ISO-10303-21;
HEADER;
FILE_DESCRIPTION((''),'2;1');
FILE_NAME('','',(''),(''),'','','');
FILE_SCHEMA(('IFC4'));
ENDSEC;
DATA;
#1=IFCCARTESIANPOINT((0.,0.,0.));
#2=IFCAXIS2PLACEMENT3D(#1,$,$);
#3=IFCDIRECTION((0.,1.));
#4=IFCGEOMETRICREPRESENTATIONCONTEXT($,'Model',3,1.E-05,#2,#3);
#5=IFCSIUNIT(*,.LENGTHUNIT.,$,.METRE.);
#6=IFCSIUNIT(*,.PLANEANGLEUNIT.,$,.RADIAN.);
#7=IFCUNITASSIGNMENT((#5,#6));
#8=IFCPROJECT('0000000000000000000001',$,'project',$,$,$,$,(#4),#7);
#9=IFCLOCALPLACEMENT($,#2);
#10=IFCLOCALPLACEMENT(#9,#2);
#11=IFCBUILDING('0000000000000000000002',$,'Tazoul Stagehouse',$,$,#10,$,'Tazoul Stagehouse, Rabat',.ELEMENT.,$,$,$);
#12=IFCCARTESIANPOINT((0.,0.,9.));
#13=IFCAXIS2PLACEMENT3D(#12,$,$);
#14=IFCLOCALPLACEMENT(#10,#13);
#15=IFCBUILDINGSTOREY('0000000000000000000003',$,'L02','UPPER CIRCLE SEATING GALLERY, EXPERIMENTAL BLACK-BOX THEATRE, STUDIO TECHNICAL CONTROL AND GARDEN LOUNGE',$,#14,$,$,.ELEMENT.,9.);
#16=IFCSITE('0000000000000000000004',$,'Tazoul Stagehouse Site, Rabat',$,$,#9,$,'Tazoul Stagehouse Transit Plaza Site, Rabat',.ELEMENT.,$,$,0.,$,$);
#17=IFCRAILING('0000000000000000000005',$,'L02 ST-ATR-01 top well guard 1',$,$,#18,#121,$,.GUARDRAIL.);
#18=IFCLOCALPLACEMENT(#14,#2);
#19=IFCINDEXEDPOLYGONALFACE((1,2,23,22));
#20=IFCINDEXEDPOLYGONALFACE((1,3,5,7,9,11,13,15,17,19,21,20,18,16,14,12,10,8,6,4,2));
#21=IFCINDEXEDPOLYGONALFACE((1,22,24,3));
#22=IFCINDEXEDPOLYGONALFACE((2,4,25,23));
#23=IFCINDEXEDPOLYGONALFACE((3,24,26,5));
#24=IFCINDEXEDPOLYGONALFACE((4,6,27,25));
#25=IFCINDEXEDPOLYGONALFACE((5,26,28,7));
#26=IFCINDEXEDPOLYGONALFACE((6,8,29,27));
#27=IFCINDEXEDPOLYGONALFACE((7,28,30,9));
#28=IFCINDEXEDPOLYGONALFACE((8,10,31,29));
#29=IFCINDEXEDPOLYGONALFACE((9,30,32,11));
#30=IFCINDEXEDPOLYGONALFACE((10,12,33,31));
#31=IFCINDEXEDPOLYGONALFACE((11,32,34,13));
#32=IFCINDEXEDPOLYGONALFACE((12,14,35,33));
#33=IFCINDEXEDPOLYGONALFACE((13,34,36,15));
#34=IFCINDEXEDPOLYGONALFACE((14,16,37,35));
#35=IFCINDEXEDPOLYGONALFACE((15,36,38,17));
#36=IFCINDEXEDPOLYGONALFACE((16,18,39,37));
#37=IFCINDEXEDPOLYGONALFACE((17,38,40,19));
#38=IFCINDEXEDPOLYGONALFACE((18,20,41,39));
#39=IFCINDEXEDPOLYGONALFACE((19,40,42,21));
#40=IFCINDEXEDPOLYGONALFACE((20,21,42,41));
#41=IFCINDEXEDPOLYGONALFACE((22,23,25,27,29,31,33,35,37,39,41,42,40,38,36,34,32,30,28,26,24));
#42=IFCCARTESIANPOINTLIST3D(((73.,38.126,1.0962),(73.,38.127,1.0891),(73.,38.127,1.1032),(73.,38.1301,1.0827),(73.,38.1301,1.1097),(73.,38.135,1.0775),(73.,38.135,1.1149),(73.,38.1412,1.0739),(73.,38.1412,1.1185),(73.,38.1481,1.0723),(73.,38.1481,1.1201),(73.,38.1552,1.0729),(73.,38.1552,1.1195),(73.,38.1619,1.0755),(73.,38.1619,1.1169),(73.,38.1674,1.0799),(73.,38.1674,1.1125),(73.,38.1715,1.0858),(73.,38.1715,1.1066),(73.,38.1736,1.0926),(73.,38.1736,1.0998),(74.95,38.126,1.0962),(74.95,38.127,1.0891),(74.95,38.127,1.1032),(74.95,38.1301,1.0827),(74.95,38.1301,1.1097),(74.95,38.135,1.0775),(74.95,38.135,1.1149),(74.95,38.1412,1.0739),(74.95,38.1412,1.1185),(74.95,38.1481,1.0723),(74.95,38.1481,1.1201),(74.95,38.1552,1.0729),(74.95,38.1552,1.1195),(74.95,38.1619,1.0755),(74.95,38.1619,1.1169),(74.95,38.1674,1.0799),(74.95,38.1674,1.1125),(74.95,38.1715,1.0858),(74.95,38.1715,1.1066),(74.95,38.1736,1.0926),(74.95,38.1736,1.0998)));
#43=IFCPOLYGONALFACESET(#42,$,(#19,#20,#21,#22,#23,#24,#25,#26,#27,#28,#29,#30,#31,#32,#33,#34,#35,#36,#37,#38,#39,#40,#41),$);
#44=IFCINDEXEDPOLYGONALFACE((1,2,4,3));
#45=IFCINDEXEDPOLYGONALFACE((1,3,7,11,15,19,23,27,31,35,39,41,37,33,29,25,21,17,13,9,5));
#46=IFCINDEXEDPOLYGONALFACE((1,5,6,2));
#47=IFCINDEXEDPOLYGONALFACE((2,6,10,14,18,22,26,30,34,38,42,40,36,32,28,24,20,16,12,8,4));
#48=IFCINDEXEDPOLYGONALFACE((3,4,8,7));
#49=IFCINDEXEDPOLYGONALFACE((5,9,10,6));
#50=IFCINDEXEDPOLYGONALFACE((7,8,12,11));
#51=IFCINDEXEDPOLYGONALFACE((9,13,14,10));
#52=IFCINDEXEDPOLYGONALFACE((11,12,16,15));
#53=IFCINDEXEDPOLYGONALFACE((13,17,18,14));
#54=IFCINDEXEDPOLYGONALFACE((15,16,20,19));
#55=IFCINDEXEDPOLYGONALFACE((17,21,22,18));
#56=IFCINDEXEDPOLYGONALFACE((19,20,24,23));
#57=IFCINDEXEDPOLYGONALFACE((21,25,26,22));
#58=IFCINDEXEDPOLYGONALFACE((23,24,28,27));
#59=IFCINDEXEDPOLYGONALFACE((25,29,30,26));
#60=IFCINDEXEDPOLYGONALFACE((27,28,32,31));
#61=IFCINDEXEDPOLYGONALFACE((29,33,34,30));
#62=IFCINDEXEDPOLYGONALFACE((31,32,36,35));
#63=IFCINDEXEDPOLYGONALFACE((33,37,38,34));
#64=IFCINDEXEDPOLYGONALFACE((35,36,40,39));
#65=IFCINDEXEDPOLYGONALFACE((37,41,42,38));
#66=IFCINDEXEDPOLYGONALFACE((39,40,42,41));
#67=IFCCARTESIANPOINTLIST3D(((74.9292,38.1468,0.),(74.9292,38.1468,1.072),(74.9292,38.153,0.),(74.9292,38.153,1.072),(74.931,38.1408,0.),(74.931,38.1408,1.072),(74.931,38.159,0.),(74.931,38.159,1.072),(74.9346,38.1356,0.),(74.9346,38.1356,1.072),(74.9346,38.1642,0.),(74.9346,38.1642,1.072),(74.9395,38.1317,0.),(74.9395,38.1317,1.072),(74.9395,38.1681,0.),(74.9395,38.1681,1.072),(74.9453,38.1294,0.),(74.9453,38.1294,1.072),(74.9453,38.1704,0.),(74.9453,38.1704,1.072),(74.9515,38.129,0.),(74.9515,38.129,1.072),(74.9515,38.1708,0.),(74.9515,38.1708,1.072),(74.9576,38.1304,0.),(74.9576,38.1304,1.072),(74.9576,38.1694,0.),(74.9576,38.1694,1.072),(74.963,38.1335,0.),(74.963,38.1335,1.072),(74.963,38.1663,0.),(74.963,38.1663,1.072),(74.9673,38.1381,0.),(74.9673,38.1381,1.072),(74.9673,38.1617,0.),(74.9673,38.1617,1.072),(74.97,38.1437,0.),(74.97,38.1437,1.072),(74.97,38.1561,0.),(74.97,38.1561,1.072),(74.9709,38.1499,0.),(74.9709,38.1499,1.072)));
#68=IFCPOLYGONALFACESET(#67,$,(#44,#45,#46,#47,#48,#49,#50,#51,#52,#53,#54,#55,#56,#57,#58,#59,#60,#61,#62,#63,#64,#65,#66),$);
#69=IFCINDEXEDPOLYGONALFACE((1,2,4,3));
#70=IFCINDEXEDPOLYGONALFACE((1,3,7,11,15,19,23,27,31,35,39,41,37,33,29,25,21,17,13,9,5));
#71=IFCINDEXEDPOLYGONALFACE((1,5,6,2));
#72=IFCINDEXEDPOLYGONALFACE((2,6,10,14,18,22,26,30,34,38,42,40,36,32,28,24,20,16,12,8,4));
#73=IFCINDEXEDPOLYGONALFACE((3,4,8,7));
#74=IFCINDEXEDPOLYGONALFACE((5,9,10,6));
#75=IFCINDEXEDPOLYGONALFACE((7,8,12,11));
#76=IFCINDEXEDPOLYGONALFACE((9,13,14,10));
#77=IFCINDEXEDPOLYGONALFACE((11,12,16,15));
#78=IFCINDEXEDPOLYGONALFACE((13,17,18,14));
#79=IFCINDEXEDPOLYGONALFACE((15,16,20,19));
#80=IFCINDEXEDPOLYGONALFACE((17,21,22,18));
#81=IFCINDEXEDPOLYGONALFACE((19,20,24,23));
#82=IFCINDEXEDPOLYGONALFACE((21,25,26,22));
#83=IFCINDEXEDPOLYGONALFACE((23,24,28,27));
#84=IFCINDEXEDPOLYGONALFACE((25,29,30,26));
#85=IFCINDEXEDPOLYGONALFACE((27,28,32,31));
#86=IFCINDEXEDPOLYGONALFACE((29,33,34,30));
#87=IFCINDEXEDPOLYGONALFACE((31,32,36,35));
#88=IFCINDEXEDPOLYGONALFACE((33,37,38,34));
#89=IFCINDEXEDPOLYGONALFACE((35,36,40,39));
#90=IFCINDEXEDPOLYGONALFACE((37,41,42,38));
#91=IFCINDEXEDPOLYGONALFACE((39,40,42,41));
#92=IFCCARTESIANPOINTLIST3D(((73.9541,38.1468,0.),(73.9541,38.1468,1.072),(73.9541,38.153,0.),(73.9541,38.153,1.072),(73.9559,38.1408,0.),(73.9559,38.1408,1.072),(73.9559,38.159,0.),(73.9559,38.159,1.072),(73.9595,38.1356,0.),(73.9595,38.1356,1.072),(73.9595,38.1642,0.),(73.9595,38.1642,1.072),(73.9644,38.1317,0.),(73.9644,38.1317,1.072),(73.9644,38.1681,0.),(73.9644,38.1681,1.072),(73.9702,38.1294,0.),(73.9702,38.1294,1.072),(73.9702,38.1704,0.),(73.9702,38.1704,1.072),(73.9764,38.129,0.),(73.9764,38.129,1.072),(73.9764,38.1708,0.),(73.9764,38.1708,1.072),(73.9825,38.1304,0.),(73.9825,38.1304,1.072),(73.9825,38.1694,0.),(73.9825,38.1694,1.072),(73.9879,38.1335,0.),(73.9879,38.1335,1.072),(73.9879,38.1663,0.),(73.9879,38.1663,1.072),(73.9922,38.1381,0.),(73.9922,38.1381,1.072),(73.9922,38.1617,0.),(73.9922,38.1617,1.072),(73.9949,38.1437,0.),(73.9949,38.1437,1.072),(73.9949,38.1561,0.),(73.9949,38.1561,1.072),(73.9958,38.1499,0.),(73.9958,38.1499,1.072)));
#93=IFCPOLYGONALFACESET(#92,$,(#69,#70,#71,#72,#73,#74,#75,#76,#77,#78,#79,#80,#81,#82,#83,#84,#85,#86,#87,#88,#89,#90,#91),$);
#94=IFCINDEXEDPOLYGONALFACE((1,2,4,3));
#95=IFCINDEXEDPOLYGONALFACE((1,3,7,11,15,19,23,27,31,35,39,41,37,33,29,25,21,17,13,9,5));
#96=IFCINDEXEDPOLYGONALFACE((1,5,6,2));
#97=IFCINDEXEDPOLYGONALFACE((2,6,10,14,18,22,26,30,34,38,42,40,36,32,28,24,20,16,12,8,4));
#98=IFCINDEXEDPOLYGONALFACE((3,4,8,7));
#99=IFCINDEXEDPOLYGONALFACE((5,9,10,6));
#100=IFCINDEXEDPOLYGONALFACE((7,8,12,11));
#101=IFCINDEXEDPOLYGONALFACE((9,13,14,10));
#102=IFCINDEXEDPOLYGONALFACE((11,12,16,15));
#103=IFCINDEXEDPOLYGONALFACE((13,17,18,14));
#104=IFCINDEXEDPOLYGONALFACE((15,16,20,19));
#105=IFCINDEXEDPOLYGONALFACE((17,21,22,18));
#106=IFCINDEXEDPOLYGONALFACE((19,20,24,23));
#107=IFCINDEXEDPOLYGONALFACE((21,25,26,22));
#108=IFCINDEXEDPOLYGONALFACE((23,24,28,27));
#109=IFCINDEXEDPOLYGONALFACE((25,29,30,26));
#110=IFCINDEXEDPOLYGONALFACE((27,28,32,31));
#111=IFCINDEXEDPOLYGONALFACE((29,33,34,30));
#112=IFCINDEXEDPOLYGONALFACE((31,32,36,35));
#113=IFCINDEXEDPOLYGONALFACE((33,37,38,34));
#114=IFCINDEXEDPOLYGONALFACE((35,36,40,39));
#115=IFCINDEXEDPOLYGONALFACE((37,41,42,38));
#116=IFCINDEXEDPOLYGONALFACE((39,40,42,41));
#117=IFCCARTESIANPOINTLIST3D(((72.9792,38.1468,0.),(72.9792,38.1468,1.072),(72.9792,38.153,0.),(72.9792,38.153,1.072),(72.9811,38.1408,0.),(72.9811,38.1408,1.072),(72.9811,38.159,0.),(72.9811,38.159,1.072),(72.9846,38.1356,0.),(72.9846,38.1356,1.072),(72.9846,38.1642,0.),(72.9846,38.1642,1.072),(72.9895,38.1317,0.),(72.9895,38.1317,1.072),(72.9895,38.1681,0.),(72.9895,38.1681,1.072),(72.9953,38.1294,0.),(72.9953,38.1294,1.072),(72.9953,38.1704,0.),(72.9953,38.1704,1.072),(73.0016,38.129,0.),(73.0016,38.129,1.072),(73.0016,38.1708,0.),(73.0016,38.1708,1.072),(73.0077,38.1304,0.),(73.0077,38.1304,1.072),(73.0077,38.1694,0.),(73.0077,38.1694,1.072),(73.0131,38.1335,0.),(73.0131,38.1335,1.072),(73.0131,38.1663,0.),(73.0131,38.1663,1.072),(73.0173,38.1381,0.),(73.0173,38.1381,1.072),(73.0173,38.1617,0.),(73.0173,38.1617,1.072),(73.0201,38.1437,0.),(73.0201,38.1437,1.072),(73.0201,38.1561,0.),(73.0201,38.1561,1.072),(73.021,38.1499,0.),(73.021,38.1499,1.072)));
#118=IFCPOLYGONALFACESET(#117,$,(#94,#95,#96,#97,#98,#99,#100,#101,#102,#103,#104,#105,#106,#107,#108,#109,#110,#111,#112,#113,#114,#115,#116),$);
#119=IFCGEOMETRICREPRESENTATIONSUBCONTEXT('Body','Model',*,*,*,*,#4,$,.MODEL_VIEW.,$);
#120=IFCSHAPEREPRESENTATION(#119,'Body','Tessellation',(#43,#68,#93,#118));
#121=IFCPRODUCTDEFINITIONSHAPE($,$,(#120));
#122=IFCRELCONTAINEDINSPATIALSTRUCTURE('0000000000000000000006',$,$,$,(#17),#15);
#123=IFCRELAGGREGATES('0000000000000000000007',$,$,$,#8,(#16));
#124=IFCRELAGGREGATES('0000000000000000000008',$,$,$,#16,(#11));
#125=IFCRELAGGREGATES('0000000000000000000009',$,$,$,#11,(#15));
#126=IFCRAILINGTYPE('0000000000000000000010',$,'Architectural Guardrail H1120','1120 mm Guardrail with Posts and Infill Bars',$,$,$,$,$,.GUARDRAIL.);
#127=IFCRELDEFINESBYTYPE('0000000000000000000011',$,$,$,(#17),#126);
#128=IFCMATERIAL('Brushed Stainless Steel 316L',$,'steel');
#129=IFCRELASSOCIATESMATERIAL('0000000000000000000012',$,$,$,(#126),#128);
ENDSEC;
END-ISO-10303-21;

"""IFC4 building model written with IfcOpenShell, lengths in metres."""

from ifc_helpers import new_model, si_unit, direction, frame, origin, origin_2d, place, context, subcontext, project, spatial, circle, extrude, material, material_profile, profile_set, type_object, element, save


model = new_model("IFC4")

# Units and contexts
model_context = context("Model", 3, precision=1e-05, world=origin(), true_north=direction((0.0, 1.0)))
body_context = subcontext(model_context, "Body", "Model", "MODEL_VIEW")
ifc_project = project(units=[si_unit("LENGTHUNIT", "METRE"), si_unit("PLANEANGLEUNIT", "RADIAN")], contexts=[model_context])

# Site, building, storey
site_placement = place(None, origin())
site = spatial("IfcSite", under=ifc_project, at=site_placement, Name="Tazoul Stagehouse Site, Rabat", LongName="Tazoul Stagehouse Transit Plaza Site, Rabat", CompositionType="ELEMENT", RefElevation=0.0)
building_placement = place(site_placement, origin())
building = spatial("IfcBuilding", under=site, at=building_placement, Name="Tazoul Stagehouse", LongName="Tazoul Stagehouse, Rabat", CompositionType="ELEMENT")
storey_placement = place(building_placement, frame((0.0, 0.0, 9.0)))
storey = spatial("IfcBuildingStorey", under=building, at=storey_placement, Name="L02", Description="UPPER CIRCLE SEATING GALLERY, EXPERIMENTAL BLACK-BOX THEATRE, STUDIO TECHNICAL CONTROL AND GARDEN LOUNGE", CompositionType="ELEMENT", Elevation=9.0)

# Railing
ifc_material_1 = material(Name="Brushed Stainless Steel 316L", Category="steel")
ifc_material_profile_1 = material_profile(ifc_material_1, circle(Radius=0.0239, at=origin_2d()), Name="SS RAIL D48")
ifc_profile_set_1 = profile_set([ifc_material_profile_1], Name="Brushed Stainless Steel 316L")
railing_type = type_object("IfcRailingType", Name="Architectural Guardrail H1120", Description="1120 mm Guardrail with Posts and Infill Bars", PredefinedType="GUARDRAIL", material=ifc_profile_set_1)
railing_1_placement = place(storey_placement, frame((74.95, 38.1499, 0.0)))
element("IfcRailing", 1, at=railing_1_placement, inside=storey, type_object=railing_type, Name="L02 ST-ATR-01 top well guard 1", PredefinedType="GUARDRAIL", context=body_context, shape_type="SweptSolid", body=[
    extrude(circle(Radius=0.0239, at=origin_2d()), frame((0.0, 0.0, 1.0962), z_axis=(-1.0, 0.0, 0.0), x_axis=(0.0, -1.0, 0.0)), (0.0, 0.0, 1.0), 1.95),
    extrude(circle(Radius=0.021, at=origin_2d()), origin(), (0.0, 0.0, 1.0), 1.072),
    extrude(circle(Radius=0.021, at=origin_2d()), frame((-0.9751, 0.0, 0.0)), (0.0, 0.0, 1.0), 1.072),
    extrude(circle(Radius=0.021, at=origin_2d()), frame((-1.95, 0.0, 0.0)), (0.0, 0.0, 1.0), 1.072),
])

save(model, "model.ifc")
